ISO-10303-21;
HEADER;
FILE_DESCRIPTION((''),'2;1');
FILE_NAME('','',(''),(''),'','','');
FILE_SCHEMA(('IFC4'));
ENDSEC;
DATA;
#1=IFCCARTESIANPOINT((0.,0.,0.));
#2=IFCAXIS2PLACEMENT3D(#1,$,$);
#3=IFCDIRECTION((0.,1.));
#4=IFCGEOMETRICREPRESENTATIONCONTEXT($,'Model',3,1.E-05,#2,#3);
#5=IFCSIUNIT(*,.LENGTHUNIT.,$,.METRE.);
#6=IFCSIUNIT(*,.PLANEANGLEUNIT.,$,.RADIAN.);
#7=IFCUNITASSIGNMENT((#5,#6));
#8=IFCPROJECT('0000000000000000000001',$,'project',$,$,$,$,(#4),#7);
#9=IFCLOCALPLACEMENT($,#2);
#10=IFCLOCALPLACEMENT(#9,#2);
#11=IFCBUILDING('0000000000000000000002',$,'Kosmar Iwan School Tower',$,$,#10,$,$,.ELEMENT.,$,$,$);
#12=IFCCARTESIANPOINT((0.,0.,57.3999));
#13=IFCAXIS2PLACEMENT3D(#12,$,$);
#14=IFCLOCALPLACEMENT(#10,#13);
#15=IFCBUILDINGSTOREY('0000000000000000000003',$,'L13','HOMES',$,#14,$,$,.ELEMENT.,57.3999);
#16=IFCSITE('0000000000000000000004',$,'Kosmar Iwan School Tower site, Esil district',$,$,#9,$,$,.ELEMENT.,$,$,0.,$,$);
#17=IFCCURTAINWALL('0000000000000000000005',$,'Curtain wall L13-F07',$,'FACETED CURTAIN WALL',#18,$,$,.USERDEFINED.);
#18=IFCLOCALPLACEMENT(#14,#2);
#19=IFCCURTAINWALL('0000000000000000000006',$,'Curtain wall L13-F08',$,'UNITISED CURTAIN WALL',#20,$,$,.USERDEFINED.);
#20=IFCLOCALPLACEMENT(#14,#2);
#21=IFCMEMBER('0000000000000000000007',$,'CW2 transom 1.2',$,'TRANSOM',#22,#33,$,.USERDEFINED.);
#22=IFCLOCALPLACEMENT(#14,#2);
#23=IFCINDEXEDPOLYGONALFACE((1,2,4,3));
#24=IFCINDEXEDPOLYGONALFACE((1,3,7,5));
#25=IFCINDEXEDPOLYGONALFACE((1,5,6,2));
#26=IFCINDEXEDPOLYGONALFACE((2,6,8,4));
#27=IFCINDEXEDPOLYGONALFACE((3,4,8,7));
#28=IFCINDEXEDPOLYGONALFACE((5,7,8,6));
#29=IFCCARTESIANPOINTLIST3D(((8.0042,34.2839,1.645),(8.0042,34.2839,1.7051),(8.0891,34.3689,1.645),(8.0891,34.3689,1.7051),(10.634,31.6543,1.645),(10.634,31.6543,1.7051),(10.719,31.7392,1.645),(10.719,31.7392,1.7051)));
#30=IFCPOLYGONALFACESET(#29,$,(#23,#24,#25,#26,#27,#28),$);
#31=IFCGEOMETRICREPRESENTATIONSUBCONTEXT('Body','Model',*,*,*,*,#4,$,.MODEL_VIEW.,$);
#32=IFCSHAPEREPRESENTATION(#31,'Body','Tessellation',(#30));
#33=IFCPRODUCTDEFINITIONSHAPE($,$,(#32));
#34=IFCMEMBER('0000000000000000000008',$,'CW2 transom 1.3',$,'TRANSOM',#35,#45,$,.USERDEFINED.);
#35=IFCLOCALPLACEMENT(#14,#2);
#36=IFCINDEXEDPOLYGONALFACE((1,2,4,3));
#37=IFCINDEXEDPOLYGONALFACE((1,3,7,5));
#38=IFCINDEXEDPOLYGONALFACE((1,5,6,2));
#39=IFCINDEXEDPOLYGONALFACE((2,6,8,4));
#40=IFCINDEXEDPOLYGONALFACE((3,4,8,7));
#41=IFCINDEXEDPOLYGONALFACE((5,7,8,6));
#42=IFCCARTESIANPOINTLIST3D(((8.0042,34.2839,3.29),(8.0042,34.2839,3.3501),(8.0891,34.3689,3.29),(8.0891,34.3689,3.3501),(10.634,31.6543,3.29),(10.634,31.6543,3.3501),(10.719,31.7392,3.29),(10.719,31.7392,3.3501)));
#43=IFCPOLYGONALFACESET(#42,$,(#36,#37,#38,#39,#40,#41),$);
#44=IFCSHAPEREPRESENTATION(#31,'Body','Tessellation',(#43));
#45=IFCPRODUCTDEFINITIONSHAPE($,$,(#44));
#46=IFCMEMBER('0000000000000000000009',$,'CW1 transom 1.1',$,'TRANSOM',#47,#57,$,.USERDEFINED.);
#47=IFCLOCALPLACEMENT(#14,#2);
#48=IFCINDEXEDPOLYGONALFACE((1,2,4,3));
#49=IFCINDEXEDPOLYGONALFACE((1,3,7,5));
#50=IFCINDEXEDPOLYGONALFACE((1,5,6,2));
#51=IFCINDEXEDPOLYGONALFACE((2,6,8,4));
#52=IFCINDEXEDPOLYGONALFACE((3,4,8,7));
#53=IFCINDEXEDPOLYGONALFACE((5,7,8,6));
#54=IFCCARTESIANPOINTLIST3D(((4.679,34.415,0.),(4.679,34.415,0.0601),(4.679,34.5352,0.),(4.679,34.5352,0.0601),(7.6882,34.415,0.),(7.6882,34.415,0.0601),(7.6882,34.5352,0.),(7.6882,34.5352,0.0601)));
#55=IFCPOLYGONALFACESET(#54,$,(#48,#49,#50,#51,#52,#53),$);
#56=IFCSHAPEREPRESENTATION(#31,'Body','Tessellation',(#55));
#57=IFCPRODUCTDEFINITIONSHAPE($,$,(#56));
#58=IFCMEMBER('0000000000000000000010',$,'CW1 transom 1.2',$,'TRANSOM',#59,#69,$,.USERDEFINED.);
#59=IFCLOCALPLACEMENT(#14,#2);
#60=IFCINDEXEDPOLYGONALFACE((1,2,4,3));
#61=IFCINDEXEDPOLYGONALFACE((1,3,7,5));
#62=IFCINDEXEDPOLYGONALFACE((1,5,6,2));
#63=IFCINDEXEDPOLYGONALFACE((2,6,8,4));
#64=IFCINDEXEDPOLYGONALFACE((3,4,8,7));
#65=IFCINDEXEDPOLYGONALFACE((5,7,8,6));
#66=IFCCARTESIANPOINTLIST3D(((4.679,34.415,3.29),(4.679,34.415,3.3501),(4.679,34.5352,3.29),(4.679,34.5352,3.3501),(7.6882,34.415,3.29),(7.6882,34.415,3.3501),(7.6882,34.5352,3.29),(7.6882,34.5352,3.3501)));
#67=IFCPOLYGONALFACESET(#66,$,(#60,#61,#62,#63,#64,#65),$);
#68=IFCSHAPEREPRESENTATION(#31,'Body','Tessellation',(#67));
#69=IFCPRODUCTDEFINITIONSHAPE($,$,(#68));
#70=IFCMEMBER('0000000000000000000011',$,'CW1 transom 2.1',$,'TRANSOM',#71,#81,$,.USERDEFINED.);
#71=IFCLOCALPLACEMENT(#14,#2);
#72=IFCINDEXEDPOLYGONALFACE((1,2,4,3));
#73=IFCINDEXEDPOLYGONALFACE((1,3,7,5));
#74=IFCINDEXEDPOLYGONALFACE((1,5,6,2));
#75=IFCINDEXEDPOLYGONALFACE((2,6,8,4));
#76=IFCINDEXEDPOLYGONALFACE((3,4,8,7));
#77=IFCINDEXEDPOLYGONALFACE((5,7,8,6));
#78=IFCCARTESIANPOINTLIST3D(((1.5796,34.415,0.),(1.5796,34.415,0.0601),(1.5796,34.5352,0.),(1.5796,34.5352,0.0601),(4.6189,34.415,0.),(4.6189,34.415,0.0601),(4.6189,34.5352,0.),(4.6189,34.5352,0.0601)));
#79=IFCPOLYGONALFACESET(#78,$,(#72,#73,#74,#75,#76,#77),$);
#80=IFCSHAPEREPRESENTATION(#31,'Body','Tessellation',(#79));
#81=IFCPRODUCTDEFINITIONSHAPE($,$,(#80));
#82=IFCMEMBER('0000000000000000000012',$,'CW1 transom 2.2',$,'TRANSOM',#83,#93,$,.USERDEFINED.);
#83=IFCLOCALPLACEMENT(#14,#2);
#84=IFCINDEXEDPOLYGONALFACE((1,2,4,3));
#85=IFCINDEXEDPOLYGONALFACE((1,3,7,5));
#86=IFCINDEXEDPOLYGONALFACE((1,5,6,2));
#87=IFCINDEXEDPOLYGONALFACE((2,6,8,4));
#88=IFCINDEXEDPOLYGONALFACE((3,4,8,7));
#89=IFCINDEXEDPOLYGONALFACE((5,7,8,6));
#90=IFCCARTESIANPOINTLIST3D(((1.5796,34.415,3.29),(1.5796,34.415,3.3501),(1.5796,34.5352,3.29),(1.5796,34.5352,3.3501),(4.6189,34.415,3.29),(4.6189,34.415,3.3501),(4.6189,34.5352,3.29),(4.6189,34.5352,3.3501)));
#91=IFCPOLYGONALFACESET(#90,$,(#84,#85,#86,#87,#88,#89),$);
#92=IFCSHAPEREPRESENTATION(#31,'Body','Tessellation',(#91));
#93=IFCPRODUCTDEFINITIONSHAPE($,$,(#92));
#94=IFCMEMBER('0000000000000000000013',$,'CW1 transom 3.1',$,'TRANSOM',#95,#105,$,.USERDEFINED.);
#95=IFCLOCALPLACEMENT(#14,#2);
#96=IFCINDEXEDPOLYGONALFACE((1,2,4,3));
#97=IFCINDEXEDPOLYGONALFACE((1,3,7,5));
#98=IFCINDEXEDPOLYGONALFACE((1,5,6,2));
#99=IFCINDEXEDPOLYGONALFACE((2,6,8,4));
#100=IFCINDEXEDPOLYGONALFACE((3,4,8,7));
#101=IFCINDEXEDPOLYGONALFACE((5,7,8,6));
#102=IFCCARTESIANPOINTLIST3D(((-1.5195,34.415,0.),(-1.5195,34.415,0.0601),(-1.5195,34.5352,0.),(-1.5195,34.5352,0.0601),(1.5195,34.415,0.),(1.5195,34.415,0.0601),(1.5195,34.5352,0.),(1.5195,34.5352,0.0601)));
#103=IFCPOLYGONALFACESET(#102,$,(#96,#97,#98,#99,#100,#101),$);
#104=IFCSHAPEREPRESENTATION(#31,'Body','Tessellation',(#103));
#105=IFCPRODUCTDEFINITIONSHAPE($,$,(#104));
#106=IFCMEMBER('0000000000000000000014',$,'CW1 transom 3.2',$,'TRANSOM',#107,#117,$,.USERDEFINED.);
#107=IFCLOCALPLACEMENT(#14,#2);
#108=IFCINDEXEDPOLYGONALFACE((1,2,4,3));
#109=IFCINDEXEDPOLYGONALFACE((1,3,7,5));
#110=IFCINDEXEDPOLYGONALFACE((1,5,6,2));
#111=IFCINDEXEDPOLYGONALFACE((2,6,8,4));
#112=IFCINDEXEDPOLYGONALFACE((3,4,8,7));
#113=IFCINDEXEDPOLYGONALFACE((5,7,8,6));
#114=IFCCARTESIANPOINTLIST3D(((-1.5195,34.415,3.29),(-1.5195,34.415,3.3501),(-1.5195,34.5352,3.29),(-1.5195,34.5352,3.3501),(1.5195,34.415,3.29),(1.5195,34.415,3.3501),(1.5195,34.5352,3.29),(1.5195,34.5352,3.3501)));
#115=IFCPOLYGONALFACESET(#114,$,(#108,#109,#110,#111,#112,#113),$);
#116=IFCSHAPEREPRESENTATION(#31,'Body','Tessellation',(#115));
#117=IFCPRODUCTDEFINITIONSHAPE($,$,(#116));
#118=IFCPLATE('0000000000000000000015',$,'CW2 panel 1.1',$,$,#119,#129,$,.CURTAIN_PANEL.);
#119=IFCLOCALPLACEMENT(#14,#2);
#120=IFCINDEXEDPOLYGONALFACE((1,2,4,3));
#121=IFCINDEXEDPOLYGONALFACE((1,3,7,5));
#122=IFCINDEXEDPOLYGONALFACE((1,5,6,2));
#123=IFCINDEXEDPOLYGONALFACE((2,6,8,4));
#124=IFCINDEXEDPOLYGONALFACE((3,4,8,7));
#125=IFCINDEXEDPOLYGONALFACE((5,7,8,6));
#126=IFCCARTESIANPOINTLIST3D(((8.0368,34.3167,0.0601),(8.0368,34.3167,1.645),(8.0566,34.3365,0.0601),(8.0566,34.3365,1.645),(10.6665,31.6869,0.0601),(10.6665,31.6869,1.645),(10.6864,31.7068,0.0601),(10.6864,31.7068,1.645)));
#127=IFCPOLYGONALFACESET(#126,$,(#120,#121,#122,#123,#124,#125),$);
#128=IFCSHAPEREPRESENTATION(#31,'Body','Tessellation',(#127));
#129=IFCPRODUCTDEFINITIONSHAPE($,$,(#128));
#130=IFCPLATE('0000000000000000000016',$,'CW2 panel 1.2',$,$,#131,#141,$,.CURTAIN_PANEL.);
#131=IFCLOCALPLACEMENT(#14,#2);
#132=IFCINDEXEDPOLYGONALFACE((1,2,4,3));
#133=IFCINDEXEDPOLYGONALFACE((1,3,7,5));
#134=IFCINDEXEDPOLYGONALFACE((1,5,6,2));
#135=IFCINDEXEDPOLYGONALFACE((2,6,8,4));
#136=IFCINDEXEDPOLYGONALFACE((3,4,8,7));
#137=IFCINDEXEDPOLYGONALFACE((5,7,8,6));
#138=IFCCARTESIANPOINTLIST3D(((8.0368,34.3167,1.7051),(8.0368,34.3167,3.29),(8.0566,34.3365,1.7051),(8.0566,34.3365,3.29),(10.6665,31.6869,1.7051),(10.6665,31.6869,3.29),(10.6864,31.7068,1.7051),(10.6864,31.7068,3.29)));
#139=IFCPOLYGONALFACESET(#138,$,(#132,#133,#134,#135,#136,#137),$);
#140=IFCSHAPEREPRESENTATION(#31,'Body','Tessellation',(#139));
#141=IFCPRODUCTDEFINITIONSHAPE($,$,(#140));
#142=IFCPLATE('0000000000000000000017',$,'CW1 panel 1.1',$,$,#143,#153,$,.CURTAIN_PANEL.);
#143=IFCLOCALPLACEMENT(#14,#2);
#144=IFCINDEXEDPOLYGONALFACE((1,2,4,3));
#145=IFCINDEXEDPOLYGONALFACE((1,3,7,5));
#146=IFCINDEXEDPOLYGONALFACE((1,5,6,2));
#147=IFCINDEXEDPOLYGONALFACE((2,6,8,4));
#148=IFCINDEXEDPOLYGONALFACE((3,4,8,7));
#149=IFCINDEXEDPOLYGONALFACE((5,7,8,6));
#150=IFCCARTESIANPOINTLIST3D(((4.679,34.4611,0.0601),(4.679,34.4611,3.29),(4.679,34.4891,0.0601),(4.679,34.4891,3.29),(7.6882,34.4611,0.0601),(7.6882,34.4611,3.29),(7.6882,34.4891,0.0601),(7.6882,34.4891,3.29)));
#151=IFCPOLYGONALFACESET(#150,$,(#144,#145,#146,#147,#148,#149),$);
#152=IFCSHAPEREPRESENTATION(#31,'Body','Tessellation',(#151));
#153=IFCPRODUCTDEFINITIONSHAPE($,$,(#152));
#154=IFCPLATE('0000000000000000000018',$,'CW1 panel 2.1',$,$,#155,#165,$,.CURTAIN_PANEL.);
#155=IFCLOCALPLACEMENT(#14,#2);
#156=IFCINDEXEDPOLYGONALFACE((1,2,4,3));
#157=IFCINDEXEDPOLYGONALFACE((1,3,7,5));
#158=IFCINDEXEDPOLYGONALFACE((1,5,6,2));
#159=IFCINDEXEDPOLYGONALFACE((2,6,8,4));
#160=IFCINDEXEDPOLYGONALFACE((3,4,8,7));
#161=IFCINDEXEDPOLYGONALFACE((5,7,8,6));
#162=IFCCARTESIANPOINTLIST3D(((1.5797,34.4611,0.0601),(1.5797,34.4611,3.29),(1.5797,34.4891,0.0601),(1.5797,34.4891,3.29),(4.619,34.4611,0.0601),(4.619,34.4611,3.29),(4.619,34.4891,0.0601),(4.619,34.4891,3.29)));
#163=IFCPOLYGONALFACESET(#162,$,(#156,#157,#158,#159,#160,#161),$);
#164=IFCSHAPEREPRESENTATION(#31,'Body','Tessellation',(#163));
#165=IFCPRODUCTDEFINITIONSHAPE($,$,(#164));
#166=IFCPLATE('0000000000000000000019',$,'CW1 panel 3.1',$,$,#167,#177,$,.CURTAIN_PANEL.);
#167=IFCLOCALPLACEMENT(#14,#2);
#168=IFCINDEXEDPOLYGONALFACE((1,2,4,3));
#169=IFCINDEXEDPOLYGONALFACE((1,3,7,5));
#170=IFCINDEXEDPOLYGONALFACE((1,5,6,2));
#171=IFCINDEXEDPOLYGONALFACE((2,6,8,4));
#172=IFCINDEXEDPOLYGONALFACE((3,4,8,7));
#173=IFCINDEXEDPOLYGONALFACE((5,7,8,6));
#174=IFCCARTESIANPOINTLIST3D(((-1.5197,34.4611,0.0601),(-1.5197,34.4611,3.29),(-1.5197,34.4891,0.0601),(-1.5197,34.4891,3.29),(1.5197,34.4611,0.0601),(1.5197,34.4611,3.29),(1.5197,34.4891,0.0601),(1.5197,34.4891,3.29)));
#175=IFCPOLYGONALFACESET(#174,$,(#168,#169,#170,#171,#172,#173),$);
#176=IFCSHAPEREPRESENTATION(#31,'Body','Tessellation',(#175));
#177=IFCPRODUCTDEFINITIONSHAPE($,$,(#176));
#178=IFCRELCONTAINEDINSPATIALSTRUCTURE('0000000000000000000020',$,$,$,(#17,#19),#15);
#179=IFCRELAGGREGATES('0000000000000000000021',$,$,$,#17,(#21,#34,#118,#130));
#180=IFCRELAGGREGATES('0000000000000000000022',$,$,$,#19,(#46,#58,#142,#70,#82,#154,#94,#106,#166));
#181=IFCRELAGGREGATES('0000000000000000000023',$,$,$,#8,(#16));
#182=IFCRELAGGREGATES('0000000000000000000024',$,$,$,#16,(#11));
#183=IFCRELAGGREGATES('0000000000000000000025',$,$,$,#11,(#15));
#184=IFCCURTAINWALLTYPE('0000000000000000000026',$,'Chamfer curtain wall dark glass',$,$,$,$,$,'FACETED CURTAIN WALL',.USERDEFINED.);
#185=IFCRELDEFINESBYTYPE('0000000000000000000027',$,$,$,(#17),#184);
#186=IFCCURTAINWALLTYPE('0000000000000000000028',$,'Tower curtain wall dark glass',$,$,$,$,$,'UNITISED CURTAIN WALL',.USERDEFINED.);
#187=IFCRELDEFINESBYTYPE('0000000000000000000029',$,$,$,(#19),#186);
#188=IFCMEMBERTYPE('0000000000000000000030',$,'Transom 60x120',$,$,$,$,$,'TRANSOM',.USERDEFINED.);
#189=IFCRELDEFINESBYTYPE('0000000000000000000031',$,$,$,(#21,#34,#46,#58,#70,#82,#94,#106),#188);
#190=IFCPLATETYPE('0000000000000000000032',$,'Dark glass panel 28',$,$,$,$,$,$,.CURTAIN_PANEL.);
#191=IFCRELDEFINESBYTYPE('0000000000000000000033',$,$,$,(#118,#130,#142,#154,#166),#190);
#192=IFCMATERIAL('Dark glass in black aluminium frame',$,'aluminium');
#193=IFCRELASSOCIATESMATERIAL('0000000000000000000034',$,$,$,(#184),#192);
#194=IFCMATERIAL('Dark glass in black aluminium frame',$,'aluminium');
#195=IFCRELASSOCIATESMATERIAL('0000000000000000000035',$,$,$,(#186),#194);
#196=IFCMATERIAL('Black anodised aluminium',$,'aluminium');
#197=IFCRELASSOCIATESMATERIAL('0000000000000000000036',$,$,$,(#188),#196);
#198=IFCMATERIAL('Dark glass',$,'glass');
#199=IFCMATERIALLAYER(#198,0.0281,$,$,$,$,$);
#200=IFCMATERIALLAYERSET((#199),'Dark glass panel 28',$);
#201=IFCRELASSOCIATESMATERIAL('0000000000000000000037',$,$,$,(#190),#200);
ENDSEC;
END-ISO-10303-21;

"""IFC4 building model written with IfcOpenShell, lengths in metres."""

from ifc_helpers import new_model, si_unit, direction, frame, origin, origin_2d, place, context, subcontext, project, spatial, rectangle, extrude, material, layer, layer_set, material_profile, profile_set, type_object, element, aggregate, save


model = new_model("IFC4")

# Units and contexts
model_context = context("Model", 3, precision=1e-05, world=origin(), true_north=direction((0.0, 1.0)))
body_context = subcontext(model_context, "Body", "Model", "MODEL_VIEW")
ifc_project = project(units=[si_unit("LENGTHUNIT", "METRE"), si_unit("PLANEANGLEUNIT", "RADIAN")], contexts=[model_context])

# Site, building, storey
site_placement = place(None, origin())
site = spatial("IfcSite", under=ifc_project, at=site_placement, Name="Kosmar Iwan School Tower site, Esil district", CompositionType="ELEMENT", RefElevation=0.0)
building_placement = place(site_placement, origin())
building = spatial("IfcBuilding", under=site, at=building_placement, Name="Kosmar Iwan School Tower", CompositionType="ELEMENT")
storey_placement = place(building_placement, frame((0.0, 0.0, 57.3999)))
storey = spatial("IfcBuildingStorey", under=building, at=storey_placement, Name="L13", Description="HOMES", CompositionType="ELEMENT", Elevation=57.3999)

# Curtain walls
ifc_material_1 = material(Name="Dark glass in black aluminium frame", Category="aluminium")
curtain_wall_type_1 = type_object("IfcCurtainWallType", Name="Chamfer curtain wall dark glass", ElementType="FACETED CURTAIN WALL", PredefinedType="USERDEFINED", material=ifc_material_1)
curtain_wall_1_placement = place(storey_placement, origin())
curtain_wall_1 = element("IfcCurtainWall", 1, at=curtain_wall_1_placement, inside=storey, type_object=curtain_wall_type_1, Name="Curtain wall L13-F07", ObjectType="FACETED CURTAIN WALL", PredefinedType="USERDEFINED")
ifc_material_2 = material(Name="Dark glass in black aluminium frame", Category="aluminium")
curtain_wall_type_2 = type_object("IfcCurtainWallType", Name="Tower curtain wall dark glass", ElementType="UNITISED CURTAIN WALL", PredefinedType="USERDEFINED", material=ifc_material_2)
curtain_wall_2_placement = place(storey_placement, origin())
curtain_wall_2 = element("IfcCurtainWall", 2, at=curtain_wall_2_placement, inside=storey, type_object=curtain_wall_type_2, Name="Curtain wall L13-F08", ObjectType="UNITISED CURTAIN WALL", PredefinedType="USERDEFINED")

# Members
ifc_material_3 = material(Name="Black anodised aluminium", Category="aluminium")
ifc_material_profile_1 = material_profile(ifc_material_3, rectangle(XDim=0.1201, YDim=0.0601, at=origin_2d()), Name="TRANSOM 60x120")
ifc_profile_set_1 = profile_set([ifc_material_profile_1], Name="Black anodised aluminium")
member_type_1 = type_object("IfcMemberType", Name="Transom 60x120", ElementType="TRANSOM", PredefinedType="USERDEFINED", material=ifc_profile_set_1)
member_1_placement = place(storey_placement, frame((10.6765, 31.6968, 1.675), z_axis=(-0.70714, 0.707074, 0.0), x_axis=(-0.707074, -0.70714, 0.0)))
member_1 = element("IfcMember", 3, at=member_1_placement, type_object=member_type_1, Name="CW2 transom 1.2", ObjectType="TRANSOM", PredefinedType="USERDEFINED", context=body_context, shape_type="SweptSolid", body=[
    extrude(rectangle(XDim=0.1201, YDim=0.0601, at=origin_2d()), origin(), (0.0, 0.0, 1.0), 3.719),
])
member_2_placement = place(storey_placement, frame((10.6765, 31.6968, 3.3201), z_axis=(-0.70714, 0.707074, 0.0), x_axis=(-0.707074, -0.70714, 0.0)))
member_2 = element("IfcMember", 4, at=member_2_placement, type_object=member_type_1, Name="CW2 transom 1.3", ObjectType="TRANSOM", PredefinedType="USERDEFINED", context=body_context, shape_type="SweptSolid", body=[
    extrude(rectangle(XDim=0.1201, YDim=0.0601, at=origin_2d()), origin(), (0.0, 0.0, 1.0), 3.719),
])
member_3_placement = place(storey_placement, frame((7.6882, 34.4751, 0.03), z_axis=(-1.0, 0.0, 0.0), x_axis=(0.0, -1.0, 0.0)))
member_3 = element("IfcMember", 5, at=member_3_placement, type_object=member_type_1, Name="CW1 transom 1.1", ObjectType="TRANSOM", PredefinedType="USERDEFINED", context=body_context, shape_type="SweptSolid", body=[
    extrude(rectangle(XDim=0.1201, YDim=0.0601, at=origin_2d()), origin(), (0.0, 0.0, 1.0), 3.0093),
])
member_4_placement = place(storey_placement, frame((7.6882, 34.4751, 3.3201), z_axis=(-1.0, 0.0, 0.0), x_axis=(0.0, -1.0, 0.0)))
member_4 = element("IfcMember", 6, at=member_4_placement, type_object=member_type_1, Name="CW1 transom 1.2", ObjectType="TRANSOM", PredefinedType="USERDEFINED", context=body_context, shape_type="SweptSolid", body=[
    extrude(rectangle(XDim=0.1201, YDim=0.0601, at=origin_2d()), origin(), (0.0, 0.0, 1.0), 3.0093),
])
member_5_placement = place(storey_placement, frame((4.6189, 34.4751, 0.03), z_axis=(-1.0, 0.0, 0.0), x_axis=(0.0, -1.0, 0.0)))
member_5 = element("IfcMember", 7, at=member_5_placement, type_object=member_type_1, Name="CW1 transom 2.1", ObjectType="TRANSOM", PredefinedType="USERDEFINED", context=body_context, shape_type="SweptSolid", body=[
    extrude(rectangle(XDim=0.1201, YDim=0.0601, at=origin_2d()), origin(), (0.0, 0.0, 1.0), 3.0393),
])
member_6_placement = place(storey_placement, frame((4.6189, 34.4751, 3.3201), z_axis=(-1.0, 0.0, 0.0), x_axis=(0.0, -1.0, 0.0)))
member_6 = element("IfcMember", 8, at=member_6_placement, type_object=member_type_1, Name="CW1 transom 2.2", ObjectType="TRANSOM", PredefinedType="USERDEFINED", context=body_context, shape_type="SweptSolid", body=[
    extrude(rectangle(XDim=0.1201, YDim=0.0601, at=origin_2d()), origin(), (0.0, 0.0, 1.0), 3.0393),
])
member_7_placement = place(storey_placement, frame((1.5195, 34.4751, 0.03), z_axis=(-1.0, 0.0, 0.0), x_axis=(0.0, -1.0, 0.0)))
member_7 = element("IfcMember", 9, at=member_7_placement, type_object=member_type_1, Name="CW1 transom 3.1", ObjectType="TRANSOM", PredefinedType="USERDEFINED", context=body_context, shape_type="SweptSolid", body=[
    extrude(rectangle(XDim=0.1201, YDim=0.0601, at=origin_2d()), origin(), (0.0, 0.0, 1.0), 3.0391),
])
member_8_placement = place(storey_placement, frame((1.5195, 34.4751, 3.3201), z_axis=(-1.0, 0.0, 0.0), x_axis=(0.0, -1.0, 0.0)))
member_8 = element("IfcMember", 10, at=member_8_placement, type_object=member_type_1, Name="CW1 transom 3.2", ObjectType="TRANSOM", PredefinedType="USERDEFINED", context=body_context, shape_type="SweptSolid", body=[
    extrude(rectangle(XDim=0.1201, YDim=0.0601, at=origin_2d()), origin(), (0.0, 0.0, 1.0), 3.0391),
])

# Plates
ifc_material_4 = material(Name="Dark glass", Category="glass")
ifc_layer_1 = layer(ifc_material_4, 0.0281)
ifc_layer_set_1 = layer_set([ifc_layer_1], Name="Dark glass panel 28")
plate_type = type_object("IfcPlateType", Name="Dark glass panel 28", PredefinedType="CURTAIN_PANEL", material=ifc_layer_set_1)
plate_1_placement = place(storey_placement, frame((9.3616, 33.0117, 0.0601), z_axis=(0.0, 0.0, 1.0), x_axis=(-0.707107, 0.707107, 0.0)))
plate_1 = element("IfcPlate", 11, at=plate_1_placement, type_object=plate_type, Name="CW2 panel 1.1", PredefinedType="CURTAIN_PANEL", context=body_context, shape_type="SweptSolid", body=[
    extrude(rectangle(XDim=3.719, YDim=0.0281, at=origin_2d()), origin(), (0.0, 0.0, 1.0), 1.585),
])
plate_2_placement = place(storey_placement, frame((9.3616, 33.0117, 1.7051), z_axis=(0.0, 0.0, 1.0), x_axis=(-0.707107, 0.707107, 0.0)))
plate_2 = element("IfcPlate", 12, at=plate_2_placement, type_object=plate_type, Name="CW2 panel 1.2", PredefinedType="CURTAIN_PANEL", context=body_context, shape_type="SweptSolid", body=[
    extrude(rectangle(XDim=3.719, YDim=0.0281, at=origin_2d()), origin(), (0.0, 0.0, 1.0), 1.585),
])
aggregate(curtain_wall_1, [member_1, member_2, plate_1, plate_2])
plate_3_placement = place(storey_placement, frame((6.1836, 34.4751, 0.0601), z_axis=(0.0, 0.0, 1.0), x_axis=(-1.0, 0.0, 0.0)))
plate_3 = element("IfcPlate", 13, at=plate_3_placement, type_object=plate_type, Name="CW1 panel 1.1", PredefinedType="CURTAIN_PANEL", context=body_context, shape_type="SweptSolid", body=[
    extrude(rectangle(XDim=3.0093, YDim=0.0281, at=origin_2d()), origin(), (0.0, 0.0, 1.0), 3.23),
])
plate_4_placement = place(storey_placement, frame((3.0994, 34.4751, 0.0601), z_axis=(0.0, 0.0, 1.0), x_axis=(-1.0, 0.0, 0.0)))
plate_4 = element("IfcPlate", 14, at=plate_4_placement, type_object=plate_type, Name="CW1 panel 2.1", PredefinedType="CURTAIN_PANEL", context=body_context, shape_type="SweptSolid", body=[
    extrude(rectangle(XDim=3.0393, YDim=0.0281, at=origin_2d()), origin(), (0.0, 0.0, 1.0), 3.23),
])
plate_5_placement = place(storey_placement, frame((0.0, 34.4751, 0.0601), z_axis=(0.0, 0.0, 1.0), x_axis=(-1.0, 0.0, 0.0)))
plate_5 = element("IfcPlate", 15, at=plate_5_placement, type_object=plate_type, Name="CW1 panel 3.1", PredefinedType="CURTAIN_PANEL", context=body_context, shape_type="SweptSolid", body=[
    extrude(rectangle(XDim=3.0393, YDim=0.0281, at=origin_2d()), origin(), (0.0, 0.0, 1.0), 3.23),
])
aggregate(curtain_wall_2, [member_3, member_4, plate_3, member_5, member_6, plate_4, member_7, member_8, plate_5])

save(model, "model.ifc")
